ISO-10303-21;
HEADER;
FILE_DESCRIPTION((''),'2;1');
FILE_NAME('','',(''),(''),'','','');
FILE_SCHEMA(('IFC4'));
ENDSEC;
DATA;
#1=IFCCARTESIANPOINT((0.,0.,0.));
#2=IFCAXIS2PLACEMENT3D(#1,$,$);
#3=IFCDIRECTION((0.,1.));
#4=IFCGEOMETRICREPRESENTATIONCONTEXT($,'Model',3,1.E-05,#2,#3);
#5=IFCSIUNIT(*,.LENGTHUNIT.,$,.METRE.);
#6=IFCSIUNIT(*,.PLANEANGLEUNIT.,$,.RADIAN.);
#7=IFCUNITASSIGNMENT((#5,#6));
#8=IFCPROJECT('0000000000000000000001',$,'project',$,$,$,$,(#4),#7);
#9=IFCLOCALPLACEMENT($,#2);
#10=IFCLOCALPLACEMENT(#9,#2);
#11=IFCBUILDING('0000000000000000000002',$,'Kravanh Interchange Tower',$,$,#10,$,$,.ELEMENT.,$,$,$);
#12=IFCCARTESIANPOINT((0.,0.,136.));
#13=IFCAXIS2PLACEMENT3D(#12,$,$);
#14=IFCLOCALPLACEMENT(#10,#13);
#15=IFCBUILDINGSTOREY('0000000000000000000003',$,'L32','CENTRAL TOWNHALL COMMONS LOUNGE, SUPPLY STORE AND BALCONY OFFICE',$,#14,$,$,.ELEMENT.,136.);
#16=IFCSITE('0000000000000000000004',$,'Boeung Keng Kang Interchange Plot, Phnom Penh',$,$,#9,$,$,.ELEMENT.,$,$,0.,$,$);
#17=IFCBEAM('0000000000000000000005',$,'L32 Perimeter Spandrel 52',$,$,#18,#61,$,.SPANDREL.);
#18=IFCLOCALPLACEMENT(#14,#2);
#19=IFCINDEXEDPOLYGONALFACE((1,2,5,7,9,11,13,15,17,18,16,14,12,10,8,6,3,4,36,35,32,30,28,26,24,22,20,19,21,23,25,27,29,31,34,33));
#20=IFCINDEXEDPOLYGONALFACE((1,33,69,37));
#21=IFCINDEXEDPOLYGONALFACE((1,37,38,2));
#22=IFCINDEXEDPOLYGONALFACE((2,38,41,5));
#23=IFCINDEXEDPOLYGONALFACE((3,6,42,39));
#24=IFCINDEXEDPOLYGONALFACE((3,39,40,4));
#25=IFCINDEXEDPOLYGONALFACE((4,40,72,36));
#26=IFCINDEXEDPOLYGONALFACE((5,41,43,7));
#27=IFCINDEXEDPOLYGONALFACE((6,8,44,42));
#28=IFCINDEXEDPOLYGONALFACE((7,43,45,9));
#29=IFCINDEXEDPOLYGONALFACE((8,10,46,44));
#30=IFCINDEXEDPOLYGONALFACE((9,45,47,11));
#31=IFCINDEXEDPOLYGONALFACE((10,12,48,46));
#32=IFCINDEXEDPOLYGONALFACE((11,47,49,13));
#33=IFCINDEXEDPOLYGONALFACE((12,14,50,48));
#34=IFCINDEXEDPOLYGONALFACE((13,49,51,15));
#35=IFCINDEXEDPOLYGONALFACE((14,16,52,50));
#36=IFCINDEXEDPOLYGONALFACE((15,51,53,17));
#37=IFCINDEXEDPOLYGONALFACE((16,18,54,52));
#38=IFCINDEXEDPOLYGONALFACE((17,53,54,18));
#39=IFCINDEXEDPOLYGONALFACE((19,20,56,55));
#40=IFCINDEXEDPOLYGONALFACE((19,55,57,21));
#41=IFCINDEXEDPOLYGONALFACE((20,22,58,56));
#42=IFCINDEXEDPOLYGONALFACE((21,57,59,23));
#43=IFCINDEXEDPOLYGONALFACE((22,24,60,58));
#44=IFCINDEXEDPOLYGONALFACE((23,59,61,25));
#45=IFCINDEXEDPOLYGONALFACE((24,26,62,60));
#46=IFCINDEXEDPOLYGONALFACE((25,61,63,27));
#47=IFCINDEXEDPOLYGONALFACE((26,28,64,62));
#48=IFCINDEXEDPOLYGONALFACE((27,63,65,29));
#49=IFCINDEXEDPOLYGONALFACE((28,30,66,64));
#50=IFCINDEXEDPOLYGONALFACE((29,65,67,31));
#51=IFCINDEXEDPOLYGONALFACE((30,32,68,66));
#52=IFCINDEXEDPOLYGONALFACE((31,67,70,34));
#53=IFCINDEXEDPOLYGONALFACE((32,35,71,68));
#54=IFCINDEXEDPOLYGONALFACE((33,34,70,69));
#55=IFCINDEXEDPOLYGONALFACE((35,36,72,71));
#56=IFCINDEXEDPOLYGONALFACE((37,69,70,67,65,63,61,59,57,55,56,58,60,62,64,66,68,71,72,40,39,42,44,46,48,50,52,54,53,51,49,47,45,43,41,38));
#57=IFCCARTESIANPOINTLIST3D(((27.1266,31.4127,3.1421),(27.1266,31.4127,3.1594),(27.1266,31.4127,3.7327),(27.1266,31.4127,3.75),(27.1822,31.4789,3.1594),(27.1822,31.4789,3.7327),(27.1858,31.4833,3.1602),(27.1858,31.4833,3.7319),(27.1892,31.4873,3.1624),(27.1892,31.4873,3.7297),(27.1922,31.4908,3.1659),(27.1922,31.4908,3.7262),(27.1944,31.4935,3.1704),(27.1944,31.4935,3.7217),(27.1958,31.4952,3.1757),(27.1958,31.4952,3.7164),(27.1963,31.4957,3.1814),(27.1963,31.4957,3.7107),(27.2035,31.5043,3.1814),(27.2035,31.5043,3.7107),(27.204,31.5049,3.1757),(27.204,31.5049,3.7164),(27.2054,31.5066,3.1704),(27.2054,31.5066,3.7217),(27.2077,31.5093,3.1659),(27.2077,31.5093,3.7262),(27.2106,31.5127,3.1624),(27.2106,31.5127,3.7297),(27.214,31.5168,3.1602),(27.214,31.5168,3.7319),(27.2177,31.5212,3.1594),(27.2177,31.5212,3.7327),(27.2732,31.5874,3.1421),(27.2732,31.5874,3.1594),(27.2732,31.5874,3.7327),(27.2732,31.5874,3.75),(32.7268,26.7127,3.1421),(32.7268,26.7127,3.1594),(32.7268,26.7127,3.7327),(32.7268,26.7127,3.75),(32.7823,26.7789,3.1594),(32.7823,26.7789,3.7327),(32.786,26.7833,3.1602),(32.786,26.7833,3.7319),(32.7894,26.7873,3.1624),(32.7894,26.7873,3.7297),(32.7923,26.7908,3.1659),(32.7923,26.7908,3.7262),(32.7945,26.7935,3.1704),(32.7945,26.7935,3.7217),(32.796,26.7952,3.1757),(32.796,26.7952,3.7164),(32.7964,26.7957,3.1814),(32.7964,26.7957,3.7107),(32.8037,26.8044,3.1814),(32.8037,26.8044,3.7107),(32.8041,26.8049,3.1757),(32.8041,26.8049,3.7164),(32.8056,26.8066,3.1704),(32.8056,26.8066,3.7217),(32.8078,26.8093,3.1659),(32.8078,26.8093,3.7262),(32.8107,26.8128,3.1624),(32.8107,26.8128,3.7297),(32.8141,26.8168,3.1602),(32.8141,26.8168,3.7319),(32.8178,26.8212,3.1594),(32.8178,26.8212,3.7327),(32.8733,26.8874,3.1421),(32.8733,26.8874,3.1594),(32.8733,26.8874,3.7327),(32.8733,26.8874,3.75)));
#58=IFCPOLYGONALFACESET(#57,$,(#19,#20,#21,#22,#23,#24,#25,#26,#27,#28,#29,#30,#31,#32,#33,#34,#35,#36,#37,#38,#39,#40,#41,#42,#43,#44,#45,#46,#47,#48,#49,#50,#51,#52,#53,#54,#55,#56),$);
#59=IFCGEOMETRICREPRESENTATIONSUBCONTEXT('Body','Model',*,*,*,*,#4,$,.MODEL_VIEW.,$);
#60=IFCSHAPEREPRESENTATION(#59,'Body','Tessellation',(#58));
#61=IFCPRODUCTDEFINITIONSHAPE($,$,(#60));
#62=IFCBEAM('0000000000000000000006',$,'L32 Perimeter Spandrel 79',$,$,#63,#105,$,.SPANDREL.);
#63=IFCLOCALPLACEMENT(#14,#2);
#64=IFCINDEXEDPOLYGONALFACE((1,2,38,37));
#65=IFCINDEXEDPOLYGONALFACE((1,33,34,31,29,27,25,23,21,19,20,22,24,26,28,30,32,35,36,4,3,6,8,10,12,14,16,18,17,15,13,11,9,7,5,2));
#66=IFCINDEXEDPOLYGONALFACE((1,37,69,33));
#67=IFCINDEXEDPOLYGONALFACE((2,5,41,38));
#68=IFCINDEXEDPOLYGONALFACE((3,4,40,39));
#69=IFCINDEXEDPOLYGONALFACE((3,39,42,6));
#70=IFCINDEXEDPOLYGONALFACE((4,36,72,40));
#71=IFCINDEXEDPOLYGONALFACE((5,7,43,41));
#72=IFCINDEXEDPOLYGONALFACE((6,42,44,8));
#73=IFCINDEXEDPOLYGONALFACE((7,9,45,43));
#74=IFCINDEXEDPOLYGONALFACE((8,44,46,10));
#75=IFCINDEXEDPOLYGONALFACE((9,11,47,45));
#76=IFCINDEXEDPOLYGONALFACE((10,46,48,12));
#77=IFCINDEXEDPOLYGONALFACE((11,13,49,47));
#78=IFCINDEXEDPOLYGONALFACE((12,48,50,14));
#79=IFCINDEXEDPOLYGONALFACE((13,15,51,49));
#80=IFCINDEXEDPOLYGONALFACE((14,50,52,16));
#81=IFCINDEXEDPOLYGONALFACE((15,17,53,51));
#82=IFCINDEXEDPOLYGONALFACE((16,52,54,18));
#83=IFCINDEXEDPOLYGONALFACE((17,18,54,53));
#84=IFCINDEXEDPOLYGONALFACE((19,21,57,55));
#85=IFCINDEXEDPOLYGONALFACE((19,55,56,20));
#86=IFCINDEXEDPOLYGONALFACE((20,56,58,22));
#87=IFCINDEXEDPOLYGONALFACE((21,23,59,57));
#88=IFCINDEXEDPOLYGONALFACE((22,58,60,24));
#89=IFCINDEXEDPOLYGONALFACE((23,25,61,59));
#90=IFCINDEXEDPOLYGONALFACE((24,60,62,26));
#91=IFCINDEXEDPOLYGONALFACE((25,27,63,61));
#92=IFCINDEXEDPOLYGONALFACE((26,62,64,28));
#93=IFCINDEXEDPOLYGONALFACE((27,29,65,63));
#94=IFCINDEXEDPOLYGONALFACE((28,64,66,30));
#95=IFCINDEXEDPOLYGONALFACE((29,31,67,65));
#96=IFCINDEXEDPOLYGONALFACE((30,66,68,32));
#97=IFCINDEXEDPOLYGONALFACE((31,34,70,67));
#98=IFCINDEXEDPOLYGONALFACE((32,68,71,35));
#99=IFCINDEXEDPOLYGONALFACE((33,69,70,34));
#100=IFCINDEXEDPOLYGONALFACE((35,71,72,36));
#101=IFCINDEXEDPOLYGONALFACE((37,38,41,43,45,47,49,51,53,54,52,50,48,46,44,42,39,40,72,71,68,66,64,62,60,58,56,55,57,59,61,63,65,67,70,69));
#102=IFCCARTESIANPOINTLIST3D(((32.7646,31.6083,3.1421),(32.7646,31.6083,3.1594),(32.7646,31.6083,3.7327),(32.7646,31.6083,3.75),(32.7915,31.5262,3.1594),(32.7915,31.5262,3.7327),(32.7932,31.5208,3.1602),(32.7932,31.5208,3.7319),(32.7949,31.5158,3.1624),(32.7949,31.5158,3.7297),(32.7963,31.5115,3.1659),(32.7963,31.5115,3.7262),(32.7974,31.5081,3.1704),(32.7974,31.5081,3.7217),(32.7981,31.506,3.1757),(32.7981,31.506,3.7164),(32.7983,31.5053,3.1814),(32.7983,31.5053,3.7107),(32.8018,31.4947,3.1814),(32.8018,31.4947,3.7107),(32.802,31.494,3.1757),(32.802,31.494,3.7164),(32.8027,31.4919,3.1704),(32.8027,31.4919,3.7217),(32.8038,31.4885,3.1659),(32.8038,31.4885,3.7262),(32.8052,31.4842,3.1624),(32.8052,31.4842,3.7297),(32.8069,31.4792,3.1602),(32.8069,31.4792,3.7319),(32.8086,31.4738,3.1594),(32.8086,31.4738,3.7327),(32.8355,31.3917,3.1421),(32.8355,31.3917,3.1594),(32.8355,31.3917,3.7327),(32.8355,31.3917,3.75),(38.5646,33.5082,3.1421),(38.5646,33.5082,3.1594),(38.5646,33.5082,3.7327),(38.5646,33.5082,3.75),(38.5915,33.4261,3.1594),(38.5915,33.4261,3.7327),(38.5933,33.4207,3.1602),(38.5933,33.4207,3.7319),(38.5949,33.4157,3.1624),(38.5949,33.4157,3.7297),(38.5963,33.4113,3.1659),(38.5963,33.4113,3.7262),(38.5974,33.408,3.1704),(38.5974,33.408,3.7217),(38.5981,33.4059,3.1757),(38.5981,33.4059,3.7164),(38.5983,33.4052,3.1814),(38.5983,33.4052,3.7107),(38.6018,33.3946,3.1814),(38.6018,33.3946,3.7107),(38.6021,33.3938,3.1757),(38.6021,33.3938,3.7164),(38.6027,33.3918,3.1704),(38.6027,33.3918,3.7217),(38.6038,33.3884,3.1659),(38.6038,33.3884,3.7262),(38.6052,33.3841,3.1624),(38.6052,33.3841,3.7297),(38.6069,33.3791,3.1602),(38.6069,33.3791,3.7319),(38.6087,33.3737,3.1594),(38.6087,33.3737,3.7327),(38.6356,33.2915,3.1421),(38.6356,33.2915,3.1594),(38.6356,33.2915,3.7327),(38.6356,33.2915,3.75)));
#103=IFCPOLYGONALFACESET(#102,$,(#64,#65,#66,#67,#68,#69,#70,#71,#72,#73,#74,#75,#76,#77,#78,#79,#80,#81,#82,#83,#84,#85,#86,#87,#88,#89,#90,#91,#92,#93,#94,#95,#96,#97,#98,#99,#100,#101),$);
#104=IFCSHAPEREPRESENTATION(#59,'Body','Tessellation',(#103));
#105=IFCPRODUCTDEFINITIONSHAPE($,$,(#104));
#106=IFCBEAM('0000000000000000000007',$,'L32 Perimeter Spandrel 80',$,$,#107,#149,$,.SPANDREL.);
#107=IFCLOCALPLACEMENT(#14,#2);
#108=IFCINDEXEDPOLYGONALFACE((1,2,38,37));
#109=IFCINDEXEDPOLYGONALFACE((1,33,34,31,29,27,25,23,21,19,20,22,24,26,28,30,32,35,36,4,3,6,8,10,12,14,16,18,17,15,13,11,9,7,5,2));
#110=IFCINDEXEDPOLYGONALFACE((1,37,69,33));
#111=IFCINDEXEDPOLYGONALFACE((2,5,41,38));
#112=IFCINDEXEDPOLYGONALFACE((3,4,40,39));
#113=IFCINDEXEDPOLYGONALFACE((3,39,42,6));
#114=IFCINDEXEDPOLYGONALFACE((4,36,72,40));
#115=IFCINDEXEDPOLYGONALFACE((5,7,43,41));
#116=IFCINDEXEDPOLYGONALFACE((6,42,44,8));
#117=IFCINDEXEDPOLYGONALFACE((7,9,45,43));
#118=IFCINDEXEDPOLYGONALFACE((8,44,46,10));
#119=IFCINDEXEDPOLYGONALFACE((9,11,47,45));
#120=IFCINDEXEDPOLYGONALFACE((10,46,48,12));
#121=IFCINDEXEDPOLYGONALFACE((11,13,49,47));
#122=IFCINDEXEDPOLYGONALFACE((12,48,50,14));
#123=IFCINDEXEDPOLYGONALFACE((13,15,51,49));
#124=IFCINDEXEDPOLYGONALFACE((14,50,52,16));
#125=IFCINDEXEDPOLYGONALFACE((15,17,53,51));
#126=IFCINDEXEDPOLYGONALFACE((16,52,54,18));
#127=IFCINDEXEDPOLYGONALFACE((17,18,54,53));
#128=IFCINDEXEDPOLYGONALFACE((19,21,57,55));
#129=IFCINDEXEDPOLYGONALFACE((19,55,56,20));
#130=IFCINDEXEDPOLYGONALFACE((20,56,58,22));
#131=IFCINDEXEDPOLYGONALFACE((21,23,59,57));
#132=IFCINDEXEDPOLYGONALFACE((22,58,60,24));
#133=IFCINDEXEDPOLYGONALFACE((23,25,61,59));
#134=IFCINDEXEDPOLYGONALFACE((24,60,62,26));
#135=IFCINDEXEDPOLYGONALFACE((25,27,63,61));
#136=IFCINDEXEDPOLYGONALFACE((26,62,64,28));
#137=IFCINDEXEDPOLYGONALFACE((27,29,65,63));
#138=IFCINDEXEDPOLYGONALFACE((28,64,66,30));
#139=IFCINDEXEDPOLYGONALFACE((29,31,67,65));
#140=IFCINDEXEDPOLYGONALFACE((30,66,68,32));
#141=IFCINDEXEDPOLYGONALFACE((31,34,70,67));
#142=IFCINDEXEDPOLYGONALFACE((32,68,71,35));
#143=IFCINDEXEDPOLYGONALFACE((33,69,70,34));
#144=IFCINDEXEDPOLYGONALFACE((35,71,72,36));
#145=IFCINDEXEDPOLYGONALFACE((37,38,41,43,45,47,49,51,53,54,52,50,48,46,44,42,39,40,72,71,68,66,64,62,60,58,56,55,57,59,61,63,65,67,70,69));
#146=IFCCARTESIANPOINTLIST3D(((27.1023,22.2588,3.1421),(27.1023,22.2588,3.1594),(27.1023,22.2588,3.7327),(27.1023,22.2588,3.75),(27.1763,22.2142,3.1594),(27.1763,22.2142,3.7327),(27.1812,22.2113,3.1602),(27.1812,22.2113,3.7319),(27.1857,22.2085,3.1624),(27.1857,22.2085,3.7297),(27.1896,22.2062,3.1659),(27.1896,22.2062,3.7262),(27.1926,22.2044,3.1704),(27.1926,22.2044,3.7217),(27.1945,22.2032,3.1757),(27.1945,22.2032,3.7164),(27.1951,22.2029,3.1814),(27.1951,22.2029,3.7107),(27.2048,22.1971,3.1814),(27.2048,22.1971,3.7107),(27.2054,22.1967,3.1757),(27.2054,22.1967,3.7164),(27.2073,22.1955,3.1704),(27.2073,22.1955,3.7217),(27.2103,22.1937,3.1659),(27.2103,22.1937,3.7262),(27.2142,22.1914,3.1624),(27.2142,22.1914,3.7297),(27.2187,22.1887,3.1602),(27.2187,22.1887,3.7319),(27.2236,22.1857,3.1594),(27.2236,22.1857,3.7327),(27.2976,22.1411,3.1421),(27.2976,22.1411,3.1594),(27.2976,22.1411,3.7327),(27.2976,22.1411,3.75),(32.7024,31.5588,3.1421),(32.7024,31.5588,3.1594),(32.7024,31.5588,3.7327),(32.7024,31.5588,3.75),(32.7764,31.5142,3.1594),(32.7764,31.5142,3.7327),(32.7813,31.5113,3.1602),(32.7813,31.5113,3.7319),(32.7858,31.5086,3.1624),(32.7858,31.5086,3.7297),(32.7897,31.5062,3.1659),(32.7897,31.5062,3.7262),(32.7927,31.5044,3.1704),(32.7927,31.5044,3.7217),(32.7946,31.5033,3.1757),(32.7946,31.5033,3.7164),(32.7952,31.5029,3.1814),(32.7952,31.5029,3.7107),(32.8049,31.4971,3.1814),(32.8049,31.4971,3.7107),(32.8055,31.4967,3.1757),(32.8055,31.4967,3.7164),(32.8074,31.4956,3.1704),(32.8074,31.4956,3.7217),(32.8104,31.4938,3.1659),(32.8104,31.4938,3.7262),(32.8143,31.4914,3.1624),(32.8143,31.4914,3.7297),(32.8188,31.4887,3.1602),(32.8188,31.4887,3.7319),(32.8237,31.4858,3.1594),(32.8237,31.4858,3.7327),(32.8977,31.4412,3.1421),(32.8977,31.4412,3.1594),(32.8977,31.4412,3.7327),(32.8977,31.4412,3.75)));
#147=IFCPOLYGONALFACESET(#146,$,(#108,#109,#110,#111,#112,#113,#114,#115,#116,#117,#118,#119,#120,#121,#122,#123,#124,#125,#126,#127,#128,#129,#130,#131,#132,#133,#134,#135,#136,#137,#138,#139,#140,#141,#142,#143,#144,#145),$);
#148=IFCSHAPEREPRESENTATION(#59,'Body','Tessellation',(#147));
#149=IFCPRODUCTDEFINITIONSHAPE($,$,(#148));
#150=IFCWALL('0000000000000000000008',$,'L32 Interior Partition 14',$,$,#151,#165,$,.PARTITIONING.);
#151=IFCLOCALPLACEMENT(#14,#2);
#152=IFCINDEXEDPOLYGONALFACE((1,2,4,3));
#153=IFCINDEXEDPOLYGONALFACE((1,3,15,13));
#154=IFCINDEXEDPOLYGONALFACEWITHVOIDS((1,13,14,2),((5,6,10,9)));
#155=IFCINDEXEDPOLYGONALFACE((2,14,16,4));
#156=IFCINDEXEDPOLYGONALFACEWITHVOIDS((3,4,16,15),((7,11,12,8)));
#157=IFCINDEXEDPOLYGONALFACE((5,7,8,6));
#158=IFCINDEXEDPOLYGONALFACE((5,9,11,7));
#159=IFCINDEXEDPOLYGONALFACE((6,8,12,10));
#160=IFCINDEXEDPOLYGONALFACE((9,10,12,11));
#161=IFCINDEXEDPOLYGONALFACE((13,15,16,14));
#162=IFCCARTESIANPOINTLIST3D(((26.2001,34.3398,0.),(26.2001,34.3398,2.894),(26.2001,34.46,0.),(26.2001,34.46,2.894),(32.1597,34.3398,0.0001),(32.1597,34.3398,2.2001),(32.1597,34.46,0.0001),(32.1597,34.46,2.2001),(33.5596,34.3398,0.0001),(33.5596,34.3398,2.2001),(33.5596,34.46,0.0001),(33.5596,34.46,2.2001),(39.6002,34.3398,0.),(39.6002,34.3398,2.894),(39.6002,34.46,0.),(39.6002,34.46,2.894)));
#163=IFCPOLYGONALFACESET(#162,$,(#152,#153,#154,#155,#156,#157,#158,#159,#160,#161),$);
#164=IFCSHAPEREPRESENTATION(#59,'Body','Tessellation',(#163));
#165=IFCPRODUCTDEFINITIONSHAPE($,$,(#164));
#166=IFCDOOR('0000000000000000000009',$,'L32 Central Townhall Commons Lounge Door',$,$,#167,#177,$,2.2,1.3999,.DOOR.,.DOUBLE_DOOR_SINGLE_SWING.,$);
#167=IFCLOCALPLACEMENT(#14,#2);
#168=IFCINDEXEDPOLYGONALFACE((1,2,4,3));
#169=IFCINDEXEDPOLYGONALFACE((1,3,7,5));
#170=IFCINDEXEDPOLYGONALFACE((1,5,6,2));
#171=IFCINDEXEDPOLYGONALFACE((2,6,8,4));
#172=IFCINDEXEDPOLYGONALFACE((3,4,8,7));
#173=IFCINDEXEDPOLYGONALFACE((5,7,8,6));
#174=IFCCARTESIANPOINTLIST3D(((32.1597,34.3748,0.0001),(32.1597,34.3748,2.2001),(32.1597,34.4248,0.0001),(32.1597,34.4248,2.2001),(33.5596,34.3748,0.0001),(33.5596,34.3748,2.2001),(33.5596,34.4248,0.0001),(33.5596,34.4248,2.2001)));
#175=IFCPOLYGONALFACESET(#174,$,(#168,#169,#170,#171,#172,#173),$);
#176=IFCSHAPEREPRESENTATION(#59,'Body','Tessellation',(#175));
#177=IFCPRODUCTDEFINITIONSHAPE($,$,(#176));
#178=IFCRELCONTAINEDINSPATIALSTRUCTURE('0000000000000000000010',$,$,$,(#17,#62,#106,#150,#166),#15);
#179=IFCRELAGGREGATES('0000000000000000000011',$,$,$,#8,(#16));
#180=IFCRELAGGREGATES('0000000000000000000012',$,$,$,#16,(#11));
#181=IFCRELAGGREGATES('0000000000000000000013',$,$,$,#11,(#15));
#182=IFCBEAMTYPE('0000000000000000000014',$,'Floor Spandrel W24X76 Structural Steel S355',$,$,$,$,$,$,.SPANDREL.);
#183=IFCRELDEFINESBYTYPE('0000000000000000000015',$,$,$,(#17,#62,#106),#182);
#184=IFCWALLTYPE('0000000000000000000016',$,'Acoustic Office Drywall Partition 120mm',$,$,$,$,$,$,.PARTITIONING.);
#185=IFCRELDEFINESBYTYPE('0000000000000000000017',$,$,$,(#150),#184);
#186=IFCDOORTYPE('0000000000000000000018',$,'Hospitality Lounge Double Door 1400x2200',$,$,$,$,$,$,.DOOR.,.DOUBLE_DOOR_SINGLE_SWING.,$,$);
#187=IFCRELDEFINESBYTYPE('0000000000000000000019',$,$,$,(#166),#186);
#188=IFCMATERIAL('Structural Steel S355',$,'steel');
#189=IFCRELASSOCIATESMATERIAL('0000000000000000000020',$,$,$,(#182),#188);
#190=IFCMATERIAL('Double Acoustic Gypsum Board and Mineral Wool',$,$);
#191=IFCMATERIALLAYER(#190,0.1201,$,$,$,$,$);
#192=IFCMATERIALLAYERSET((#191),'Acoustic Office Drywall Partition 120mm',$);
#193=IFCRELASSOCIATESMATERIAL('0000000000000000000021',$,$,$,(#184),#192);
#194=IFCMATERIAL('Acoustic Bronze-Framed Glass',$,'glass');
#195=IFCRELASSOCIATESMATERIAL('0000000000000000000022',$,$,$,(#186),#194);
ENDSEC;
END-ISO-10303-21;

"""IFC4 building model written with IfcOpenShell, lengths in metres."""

from ifc_helpers import new_model, si_unit, direction, frame, frame_2d, origin, origin_2d, place, context, subcontext, project, spatial, rectangle, i_section, extrude, material, layer, layer_set, material_profile, profile_set, type_object, element, fill, save


model = new_model("IFC4")

# Units and contexts
model_context = context("Model", 3, precision=1e-05, world=origin(), true_north=direction((0.0, 1.0)))
body_context = subcontext(model_context, "Body", "Model", "MODEL_VIEW")
ifc_project = project(units=[si_unit("LENGTHUNIT", "METRE"), si_unit("PLANEANGLEUNIT", "RADIAN")], contexts=[model_context])

# Site, building, storey
site_placement = place(None, origin())
site = spatial("IfcSite", under=ifc_project, at=site_placement, Name="Boeung Keng Kang Interchange Plot, Phnom Penh", CompositionType="ELEMENT", RefElevation=0.0)
building_placement = place(site_placement, origin())
building = spatial("IfcBuilding", under=site, at=building_placement, Name="Kravanh Interchange Tower", CompositionType="ELEMENT")
storey_placement = place(building_placement, frame((0.0, 0.0, 136.0)))
storey = spatial("IfcBuildingStorey", under=building, at=storey_placement, Name="L32", Description="CENTRAL TOWNHALL COMMONS LOUNGE, SUPPLY STORE AND BALCONY OFFICE", CompositionType="ELEMENT", Elevation=136.0)

# Beams
ifc_material_1 = material(Name="Structural Steel S355", Category="steel")
ifc_material_profile_1 = material_profile(ifc_material_1, i_section(OverallWidth=0.228, OverallDepth=0.6079, WebThickness=0.0112, FlangeThickness=0.0173, FilletRadius=0.022, at=origin_2d()), Name="W24X76")
ifc_profile_set_1 = profile_set([ifc_material_profile_1], Name="Structural Steel S355")
beam_type_1 = type_object("IfcBeamType", Name="Floor Spandrel W24X76 Structural Steel S355", PredefinedType="SPANDREL", material=ifc_profile_set_1)
beam_1_placement = place(storey_placement, frame((32.8, 26.8, 3.446), z_axis=(-0.765983, 0.642861, 0.0), x_axis=(-0.642861, -0.765983, 0.0)))
element("IfcBeam", 1, at=beam_1_placement, inside=storey, type_object=beam_type_1, Name="L32 Perimeter Spandrel 52", PredefinedType="SPANDREL", context=body_context, shape_type="SweptSolid", body=[
    extrude(i_section(OverallWidth=0.228, OverallDepth=0.6079, WebThickness=0.0112, FlangeThickness=0.0173, FilletRadius=0.022, at=origin_2d()), origin(), (0.0, 0.0, 1.0), 7.311),
])
beam_2_placement = place(storey_placement, frame((32.8, 31.5, 3.446), z_axis=(0.950315, 0.311291, 0.0), x_axis=(-0.311291, 0.950315, 0.0)))
element("IfcBeam", 2, at=beam_2_placement, inside=storey, type_object=beam_type_1, Name="L32 Perimeter Spandrel 79", PredefinedType="SPANDREL", context=body_context, shape_type="SweptSolid", body=[
    extrude(i_section(OverallWidth=0.228, OverallDepth=0.6079, WebThickness=0.0112, FlangeThickness=0.0173, FilletRadius=0.022, at=origin_2d()), origin(), (0.0, 0.0, 1.0), 6.1033),
])
beam_3_placement = place(storey_placement, frame((32.8, 31.5, 3.446), z_axis=(-0.515854, -0.856676, 0.0), x_axis=(0.856676, -0.515854, 0.0)))
element("IfcBeam", 3, at=beam_3_placement, inside=storey, type_object=beam_type_1, Name="L32 Perimeter Spandrel 80", PredefinedType="SPANDREL", context=body_context, shape_type="SweptSolid", body=[
    extrude(i_section(OverallWidth=0.228, OverallDepth=0.6079, WebThickness=0.0112, FlangeThickness=0.0173, FilletRadius=0.022, at=origin_2d()), origin(), (0.0, 0.0, 1.0), 10.856),
])

# Wall, opening, door
ifc_material_2 = material(Name="Double Acoustic Gypsum Board and Mineral Wool")
ifc_layer = layer(ifc_material_2, 0.1201)
ifc_layer_set = layer_set([ifc_layer], Name="Acoustic Office Drywall Partition 120mm")
wall_type = type_object("IfcWallType", Name="Acoustic Office Drywall Partition 120mm", PredefinedType="PARTITIONING", material=ifc_layer_set)
wall_placement = place(storey_placement, frame((26.2, 34.3999, 0.0), z_axis=(0.0, 0.0, 1.0), x_axis=(1.0, 0.0, 0.0)))
wall = element("IfcWall", 4, at=wall_placement, inside=storey, type_object=wall_type, Name="L32 Interior Partition 14", PredefinedType="PARTITIONING", context=body_context, shape_type="SweptSolid", body=[
    extrude(rectangle(XDim=13.4001, YDim=0.1201, at=frame_2d((6.7002, 0.0))), origin(), (0.0, 0.0, 1.0), 2.894),
])
opening_placement = place(wall_placement, frame((5.9597, 0.0, 0.0)))
opening = element("IfcOpeningElement", 5, at=opening_placement, cuts=wall, PredefinedType="OPENING", context=body_context, shape_type="SweptSolid", body=[
    extrude(rectangle(XDim=1.3999, YDim=2.2, at=frame_2d((0.7, 1.1001))), frame((0.0, 0.0701, 0.0), z_axis=(0.0, -1.0, 0.0), x_axis=(1.0, 0.0, 0.0)), (0.0, 0.0, 1.0), 0.1401),
])
ifc_material_3 = material(Name="Acoustic Bronze-Framed Glass", Category="glass")
door_type = type_object("IfcDoorType", Name="Hospitality Lounge Double Door 1400x2200", OperationType="DOUBLE_DOOR_SINGLE_SWING", PredefinedType="DOOR", material=ifc_material_3)
door_placement = place(opening_placement, origin())
door = element("IfcDoor", 6, at=door_placement, inside=storey, type_object=door_type, Name="L32 Central Townhall Commons Lounge Door", OperationType="DOUBLE_DOOR_SINGLE_SWING", OverallHeight=2.2, OverallWidth=1.3999, PredefinedType="DOOR", context=body_context, shape_type="SweptSolid", body=[
    extrude(rectangle(XDim=1.3999, YDim=2.2, at=frame_2d((0.7, 1.1001))), frame((0.0, 0.0249, 0.0), z_axis=(0.0, -1.0, 0.0), x_axis=(1.0, 0.0, 0.0)), (0.0, 0.0, 1.0), 0.05),
])
fill(opening, door)

save(model, "model.ifc")
